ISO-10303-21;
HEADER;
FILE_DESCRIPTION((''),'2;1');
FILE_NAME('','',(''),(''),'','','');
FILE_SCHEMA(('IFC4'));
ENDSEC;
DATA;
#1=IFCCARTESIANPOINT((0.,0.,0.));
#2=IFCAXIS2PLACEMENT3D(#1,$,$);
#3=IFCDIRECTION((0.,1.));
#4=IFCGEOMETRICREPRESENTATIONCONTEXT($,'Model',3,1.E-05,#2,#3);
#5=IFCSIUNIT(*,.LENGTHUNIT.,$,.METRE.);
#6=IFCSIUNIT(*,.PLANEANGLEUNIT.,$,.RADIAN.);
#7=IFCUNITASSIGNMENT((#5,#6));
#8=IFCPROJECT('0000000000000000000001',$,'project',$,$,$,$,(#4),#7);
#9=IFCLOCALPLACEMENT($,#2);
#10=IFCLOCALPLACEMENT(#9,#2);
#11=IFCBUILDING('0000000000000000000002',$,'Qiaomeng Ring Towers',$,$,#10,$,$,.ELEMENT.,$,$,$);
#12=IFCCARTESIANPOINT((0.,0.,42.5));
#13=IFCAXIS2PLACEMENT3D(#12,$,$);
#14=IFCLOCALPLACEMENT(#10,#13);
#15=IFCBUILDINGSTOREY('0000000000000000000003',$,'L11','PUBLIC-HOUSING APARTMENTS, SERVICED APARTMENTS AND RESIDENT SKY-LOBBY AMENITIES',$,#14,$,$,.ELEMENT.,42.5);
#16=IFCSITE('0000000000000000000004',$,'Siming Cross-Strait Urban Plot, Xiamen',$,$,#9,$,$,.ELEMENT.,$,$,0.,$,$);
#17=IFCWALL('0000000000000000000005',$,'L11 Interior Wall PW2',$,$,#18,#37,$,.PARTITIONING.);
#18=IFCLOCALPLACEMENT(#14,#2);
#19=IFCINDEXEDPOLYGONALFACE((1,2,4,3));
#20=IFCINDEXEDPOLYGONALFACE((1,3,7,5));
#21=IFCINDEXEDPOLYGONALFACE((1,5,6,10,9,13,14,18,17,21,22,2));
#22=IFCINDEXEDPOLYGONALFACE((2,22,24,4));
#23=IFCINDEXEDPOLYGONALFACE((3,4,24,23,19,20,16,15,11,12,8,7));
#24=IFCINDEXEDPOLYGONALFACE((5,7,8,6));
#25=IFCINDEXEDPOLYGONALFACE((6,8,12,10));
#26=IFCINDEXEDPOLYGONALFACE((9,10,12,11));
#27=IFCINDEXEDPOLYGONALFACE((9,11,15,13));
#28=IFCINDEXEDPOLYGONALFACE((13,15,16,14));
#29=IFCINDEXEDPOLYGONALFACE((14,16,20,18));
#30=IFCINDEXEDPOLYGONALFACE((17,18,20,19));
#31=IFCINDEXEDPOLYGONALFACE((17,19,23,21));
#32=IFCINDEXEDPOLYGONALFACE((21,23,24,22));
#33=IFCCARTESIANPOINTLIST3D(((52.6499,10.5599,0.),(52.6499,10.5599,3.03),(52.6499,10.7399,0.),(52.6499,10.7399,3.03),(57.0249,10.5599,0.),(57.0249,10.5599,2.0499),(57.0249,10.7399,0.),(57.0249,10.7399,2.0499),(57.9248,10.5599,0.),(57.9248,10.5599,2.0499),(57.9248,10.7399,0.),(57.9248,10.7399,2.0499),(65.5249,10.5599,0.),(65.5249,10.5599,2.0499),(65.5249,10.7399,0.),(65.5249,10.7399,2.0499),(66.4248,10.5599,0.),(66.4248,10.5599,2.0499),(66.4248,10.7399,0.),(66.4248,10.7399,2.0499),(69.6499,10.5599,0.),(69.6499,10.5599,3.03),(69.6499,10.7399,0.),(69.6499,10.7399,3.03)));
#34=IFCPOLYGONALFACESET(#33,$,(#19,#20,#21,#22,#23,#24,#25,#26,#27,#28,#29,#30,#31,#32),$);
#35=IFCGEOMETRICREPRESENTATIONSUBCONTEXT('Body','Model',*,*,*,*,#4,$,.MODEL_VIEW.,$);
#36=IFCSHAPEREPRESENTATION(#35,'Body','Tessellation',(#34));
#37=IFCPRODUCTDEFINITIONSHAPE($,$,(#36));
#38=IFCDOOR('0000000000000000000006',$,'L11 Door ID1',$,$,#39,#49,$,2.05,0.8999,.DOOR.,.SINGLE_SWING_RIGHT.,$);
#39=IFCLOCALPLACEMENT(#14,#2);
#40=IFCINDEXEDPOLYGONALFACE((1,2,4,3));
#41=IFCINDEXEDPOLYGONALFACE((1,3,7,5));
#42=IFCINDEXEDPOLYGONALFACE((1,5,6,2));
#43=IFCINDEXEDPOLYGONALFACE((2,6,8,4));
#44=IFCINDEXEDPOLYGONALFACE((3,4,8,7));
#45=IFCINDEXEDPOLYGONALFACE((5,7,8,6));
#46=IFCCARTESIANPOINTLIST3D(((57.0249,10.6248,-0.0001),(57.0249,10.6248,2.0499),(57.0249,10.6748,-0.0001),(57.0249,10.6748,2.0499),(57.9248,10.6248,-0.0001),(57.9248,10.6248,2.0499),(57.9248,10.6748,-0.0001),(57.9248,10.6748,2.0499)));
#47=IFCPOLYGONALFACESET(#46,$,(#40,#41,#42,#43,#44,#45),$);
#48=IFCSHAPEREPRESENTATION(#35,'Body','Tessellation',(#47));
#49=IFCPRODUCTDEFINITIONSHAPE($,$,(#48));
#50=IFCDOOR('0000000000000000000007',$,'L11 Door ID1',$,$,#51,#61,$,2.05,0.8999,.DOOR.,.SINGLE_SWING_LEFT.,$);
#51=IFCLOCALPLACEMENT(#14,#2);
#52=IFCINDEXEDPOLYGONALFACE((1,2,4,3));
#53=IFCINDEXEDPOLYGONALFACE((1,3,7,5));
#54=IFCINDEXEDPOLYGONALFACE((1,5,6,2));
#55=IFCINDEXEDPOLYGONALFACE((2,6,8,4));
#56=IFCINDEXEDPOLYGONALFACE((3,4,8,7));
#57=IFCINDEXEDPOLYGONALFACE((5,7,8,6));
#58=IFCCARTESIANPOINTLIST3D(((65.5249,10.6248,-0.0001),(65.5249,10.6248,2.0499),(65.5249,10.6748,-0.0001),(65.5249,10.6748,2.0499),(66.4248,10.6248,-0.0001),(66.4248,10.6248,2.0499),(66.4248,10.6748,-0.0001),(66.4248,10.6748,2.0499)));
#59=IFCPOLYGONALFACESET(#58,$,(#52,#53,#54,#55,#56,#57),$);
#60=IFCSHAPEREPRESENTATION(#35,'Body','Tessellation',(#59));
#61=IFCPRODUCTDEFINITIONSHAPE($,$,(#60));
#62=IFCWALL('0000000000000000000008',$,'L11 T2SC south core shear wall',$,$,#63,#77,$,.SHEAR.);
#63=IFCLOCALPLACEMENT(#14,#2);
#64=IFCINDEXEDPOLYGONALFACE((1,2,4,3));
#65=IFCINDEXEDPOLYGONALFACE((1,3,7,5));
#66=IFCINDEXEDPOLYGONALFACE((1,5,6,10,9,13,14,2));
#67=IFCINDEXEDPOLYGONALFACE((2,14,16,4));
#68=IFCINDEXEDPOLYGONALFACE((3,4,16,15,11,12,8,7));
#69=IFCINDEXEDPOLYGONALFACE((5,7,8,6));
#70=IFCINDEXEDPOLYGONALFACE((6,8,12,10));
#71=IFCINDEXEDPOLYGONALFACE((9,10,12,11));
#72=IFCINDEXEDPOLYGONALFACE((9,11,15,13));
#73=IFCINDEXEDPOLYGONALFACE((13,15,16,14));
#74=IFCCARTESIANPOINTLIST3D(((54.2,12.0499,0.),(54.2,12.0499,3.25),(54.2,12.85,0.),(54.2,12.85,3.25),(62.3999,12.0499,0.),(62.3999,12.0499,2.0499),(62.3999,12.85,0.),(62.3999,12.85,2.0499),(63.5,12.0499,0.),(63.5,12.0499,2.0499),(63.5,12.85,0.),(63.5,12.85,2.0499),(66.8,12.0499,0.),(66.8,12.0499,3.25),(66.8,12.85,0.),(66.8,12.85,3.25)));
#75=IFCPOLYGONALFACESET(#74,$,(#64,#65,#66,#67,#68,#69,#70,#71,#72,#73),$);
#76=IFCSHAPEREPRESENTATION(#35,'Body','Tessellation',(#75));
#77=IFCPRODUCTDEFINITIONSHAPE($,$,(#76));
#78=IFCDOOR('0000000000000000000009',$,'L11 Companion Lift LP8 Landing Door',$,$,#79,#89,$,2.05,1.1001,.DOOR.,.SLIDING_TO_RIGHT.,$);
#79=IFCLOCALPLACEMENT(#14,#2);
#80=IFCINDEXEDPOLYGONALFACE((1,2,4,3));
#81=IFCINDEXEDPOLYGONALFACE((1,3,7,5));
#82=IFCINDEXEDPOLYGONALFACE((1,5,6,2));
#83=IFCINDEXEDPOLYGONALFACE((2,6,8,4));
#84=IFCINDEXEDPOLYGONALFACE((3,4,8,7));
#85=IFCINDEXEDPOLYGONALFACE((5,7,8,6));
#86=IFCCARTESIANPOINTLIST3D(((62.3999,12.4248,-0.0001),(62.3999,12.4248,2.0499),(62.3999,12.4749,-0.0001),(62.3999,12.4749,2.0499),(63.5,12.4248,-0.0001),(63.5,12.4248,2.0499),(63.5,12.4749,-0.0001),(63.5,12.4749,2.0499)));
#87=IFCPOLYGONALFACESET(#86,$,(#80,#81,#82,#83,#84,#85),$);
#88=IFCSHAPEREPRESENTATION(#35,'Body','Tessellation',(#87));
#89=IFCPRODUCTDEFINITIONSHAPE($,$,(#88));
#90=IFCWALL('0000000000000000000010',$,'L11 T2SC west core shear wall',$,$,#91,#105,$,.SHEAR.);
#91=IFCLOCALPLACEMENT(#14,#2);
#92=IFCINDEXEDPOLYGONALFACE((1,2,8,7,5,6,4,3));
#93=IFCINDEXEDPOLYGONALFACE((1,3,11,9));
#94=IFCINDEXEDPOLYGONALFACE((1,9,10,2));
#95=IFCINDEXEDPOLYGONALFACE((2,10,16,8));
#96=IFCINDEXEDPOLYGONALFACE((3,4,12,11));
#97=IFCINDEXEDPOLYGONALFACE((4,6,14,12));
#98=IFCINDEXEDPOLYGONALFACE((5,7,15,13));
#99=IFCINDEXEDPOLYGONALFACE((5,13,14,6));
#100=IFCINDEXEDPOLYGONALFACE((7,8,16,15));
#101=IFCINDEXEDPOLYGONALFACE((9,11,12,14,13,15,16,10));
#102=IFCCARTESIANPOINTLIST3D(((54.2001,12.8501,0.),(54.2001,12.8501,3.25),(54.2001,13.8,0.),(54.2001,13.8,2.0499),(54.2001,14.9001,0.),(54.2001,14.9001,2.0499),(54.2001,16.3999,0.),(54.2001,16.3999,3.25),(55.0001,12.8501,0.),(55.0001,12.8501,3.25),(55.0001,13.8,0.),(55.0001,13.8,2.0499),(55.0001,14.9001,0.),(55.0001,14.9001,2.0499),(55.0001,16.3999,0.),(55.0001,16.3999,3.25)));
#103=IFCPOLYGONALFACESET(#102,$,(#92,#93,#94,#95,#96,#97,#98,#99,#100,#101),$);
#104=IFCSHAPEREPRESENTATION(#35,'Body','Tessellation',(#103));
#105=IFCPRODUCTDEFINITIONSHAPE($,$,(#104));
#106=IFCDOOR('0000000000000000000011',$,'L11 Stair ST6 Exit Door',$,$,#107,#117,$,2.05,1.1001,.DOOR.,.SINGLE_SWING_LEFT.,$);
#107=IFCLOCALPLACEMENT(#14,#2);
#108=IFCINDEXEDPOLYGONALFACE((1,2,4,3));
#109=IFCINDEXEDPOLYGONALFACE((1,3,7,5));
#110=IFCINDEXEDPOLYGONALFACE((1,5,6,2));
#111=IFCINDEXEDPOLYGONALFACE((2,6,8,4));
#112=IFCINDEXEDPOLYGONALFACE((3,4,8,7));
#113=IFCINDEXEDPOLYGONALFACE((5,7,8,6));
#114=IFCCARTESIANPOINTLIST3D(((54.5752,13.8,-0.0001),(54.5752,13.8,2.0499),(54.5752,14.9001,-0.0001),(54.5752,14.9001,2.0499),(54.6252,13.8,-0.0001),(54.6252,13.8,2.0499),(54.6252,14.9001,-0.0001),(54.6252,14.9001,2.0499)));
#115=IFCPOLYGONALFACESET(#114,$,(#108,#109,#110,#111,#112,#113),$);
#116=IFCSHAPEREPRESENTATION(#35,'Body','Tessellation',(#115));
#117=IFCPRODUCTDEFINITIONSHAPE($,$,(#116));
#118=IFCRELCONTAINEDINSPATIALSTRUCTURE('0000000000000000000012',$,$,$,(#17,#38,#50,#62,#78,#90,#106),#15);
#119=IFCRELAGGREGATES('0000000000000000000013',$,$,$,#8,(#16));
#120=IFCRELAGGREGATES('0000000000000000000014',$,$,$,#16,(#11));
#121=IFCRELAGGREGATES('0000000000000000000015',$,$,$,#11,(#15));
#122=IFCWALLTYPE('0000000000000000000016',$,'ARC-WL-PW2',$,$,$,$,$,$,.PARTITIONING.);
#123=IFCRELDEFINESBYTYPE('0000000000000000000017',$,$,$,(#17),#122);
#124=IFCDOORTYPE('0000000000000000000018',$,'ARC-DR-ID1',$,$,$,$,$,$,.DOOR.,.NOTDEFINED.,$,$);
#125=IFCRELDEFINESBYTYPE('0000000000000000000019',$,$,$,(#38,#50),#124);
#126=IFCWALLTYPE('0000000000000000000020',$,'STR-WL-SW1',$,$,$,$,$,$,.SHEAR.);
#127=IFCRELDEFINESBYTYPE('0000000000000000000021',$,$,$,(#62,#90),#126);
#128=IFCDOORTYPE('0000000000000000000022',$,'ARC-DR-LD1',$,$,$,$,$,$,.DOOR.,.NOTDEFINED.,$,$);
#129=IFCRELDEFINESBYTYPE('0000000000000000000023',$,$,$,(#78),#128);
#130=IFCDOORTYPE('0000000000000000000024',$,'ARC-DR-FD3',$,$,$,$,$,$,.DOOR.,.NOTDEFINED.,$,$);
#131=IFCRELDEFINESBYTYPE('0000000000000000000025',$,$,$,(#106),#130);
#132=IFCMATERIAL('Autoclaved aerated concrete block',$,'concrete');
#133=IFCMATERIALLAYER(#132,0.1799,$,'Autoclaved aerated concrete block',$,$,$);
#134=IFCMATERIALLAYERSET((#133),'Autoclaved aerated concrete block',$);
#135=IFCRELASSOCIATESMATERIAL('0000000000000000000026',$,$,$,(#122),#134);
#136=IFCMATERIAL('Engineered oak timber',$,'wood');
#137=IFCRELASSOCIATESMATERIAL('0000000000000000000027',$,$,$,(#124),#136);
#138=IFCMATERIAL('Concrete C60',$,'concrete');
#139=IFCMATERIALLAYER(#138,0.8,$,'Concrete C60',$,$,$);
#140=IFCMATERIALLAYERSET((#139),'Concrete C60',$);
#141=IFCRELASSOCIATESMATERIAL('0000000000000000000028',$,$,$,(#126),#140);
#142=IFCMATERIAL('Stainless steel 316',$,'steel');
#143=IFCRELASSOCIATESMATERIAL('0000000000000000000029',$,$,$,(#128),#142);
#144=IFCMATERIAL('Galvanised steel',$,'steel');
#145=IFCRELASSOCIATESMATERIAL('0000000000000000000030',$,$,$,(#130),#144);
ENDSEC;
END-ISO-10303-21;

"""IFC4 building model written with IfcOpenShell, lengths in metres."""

from ifc_helpers import new_model, si_unit, direction, frame, frame_2d, origin, place, context, subcontext, project, spatial, rectangle, extrude, source, transform, mapped, material, layer, layer_set, type_object, element, fill, save


model = new_model("IFC4")

# Units and contexts
model_context = context("Model", 3, precision=1e-05, world=origin(), true_north=direction((0.0, 1.0)))
body_context = subcontext(model_context, "Body", "Model", "MODEL_VIEW")
ifc_project = project(units=[si_unit("LENGTHUNIT", "METRE"), si_unit("PLANEANGLEUNIT", "RADIAN")], contexts=[model_context])

# Site, building, storey
site_placement = place(None, origin())
site = spatial("IfcSite", under=ifc_project, at=site_placement, Name="Siming Cross-Strait Urban Plot, Xiamen", CompositionType="ELEMENT", RefElevation=0.0)
building_placement = place(site_placement, origin())
building = spatial("IfcBuilding", under=site, at=building_placement, Name="Qiaomeng Ring Towers", CompositionType="ELEMENT")
storey_placement = place(building_placement, frame((0.0, 0.0, 42.5)))
storey = spatial("IfcBuildingStorey", under=building, at=storey_placement, Name="L11", Description="PUBLIC-HOUSING APARTMENTS, SERVICED APARTMENTS AND RESIDENT SKY-LOBBY AMENITIES", CompositionType="ELEMENT", Elevation=42.5)

# Shared definitions
ifc_material_1 = material(Name="Concrete C60", Category="concrete")

# Wall, openings, doors
ifc_material_2 = material(Name="Autoclaved aerated concrete block", Category="concrete")
ifc_layer_1 = layer(ifc_material_2, 0.1799, Name="Autoclaved aerated concrete block")
ifc_layer_set_1 = layer_set([ifc_layer_1], Name="Autoclaved aerated concrete block")
wall_type_1 = type_object("IfcWallType", Name="ARC-WL-PW2", PredefinedType="PARTITIONING", material=ifc_layer_set_1)
ifc_material_3 = material(Name="Engineered oak timber", Category="wood")
door_type_1 = type_object("IfcDoorType", Name="ARC-DR-ID1", OperationType="NOTDEFINED", PredefinedType="DOOR", material=ifc_material_3)
shared_shape_1 = source(origin(), body_context, "Body", "SweptSolid", [
    extrude(rectangle(XDim=0.8999, YDim=2.05, at=frame_2d((0.45, 1.0249))), frame((0.0, 0.0249, 0.0), z_axis=(0.0, -1.0, 0.0), x_axis=(1.0, 0.0, 0.0)), (0.0, 0.0, 1.0), 0.05),
])
wall_1_placement = place(storey_placement, frame((52.6499, 10.6499, 0.0), z_axis=(0.0, 0.0, 1.0), x_axis=(1.0, 0.0, 0.0)))
wall_1 = element("IfcWall", 1, at=wall_1_placement, inside=storey, type_object=wall_type_1, Name="L11 Interior Wall PW2", PredefinedType="PARTITIONING", context=body_context, shape_type="SweptSolid", body=[
    extrude(rectangle(XDim=17.0, YDim=0.1799, at=frame_2d((8.5, 0.0))), origin(), (0.0, 0.0, 1.0), 3.03),
])
opening_1_placement = place(wall_1_placement, frame((4.375, 0.0, 0.0)))
opening_1 = element("IfcOpeningElement", 2, at=opening_1_placement, cuts=wall_1, PredefinedType="OPENING", context=body_context, shape_type="SweptSolid", body=[
    extrude(rectangle(XDim=0.8999, YDim=2.05, at=frame_2d((0.45, 1.0249))), frame((0.0, 0.0999, 0.0), z_axis=(0.0, -1.0, 0.0), x_axis=(1.0, 0.0, 0.0)), (0.0, 0.0, 1.0), 0.2),
])
opening_2_placement = place(wall_1_placement, frame((12.875, 0.0, 0.0)))
opening_2 = element("IfcOpeningElement", 3, at=opening_2_placement, cuts=wall_1, PredefinedType="OPENING", context=body_context, shape_type="SweptSolid", body=[
    extrude(rectangle(XDim=0.8999, YDim=2.05, at=frame_2d((0.45, 1.0249))), frame((0.0, 0.0999, 0.0), z_axis=(0.0, -1.0, 0.0), x_axis=(1.0, 0.0, 0.0)), (0.0, 0.0, 1.0), 0.2),
])
door_1_placement = place(opening_1_placement, origin())
door_1 = element("IfcDoor", 4, at=door_1_placement, inside=storey, type_object=door_type_1, Name="L11 Door ID1", OperationType="SINGLE_SWING_RIGHT", OverallHeight=2.05, OverallWidth=0.8999, PredefinedType="DOOR", context=body_context, shape_type="MappedRepresentation", body=[
    mapped(shared_shape_1, transform((0.0, 0.0, 0.0), x_axis=(1.0, 0.0, 0.0), y_axis=(0.0, 1.0, 0.0), z_axis=(0.0, 0.0, 1.0), scale=1.0)),
])
fill(opening_1, door_1)
door_2_placement = place(opening_2_placement, origin())
door_2 = element("IfcDoor", 5, at=door_2_placement, inside=storey, type_object=door_type_1, Name="L11 Door ID1", OperationType="SINGLE_SWING_LEFT", OverallHeight=2.05, OverallWidth=0.8999, PredefinedType="DOOR", context=body_context, shape_type="MappedRepresentation", body=[
    mapped(shared_shape_1, transform((0.0, 0.0, 0.0), x_axis=(1.0, 0.0, 0.0), y_axis=(0.0, 1.0, 0.0), z_axis=(0.0, 0.0, 1.0), scale=1.0)),
])
fill(opening_2, door_2)

# Walls, openings, doors
ifc_layer_2 = layer(ifc_material_1, 0.8, Name="Concrete C60")
ifc_layer_set_2 = layer_set([ifc_layer_2], Name="Concrete C60")
wall_type_2 = type_object("IfcWallType", Name="STR-WL-SW1", PredefinedType="SHEAR", material=ifc_layer_set_2)
wall_2_placement = place(storey_placement, frame((54.2, 12.45, 0.0), z_axis=(0.0, 0.0, 1.0), x_axis=(1.0, 0.0, 0.0)))
wall_2 = element("IfcWall", 6, at=wall_2_placement, inside=storey, type_object=wall_type_2, Name="L11 T2SC south core shear wall", PredefinedType="SHEAR", context=body_context, shape_type="SweptSolid", body=[
    extrude(rectangle(XDim=12.6001, YDim=0.8, at=frame_2d((6.3, 0.0))), origin(), (0.0, 0.0, 1.0), 3.25),
])
opening_3_placement = place(wall_2_placement, frame((8.2, 0.0, 0.0)))
opening_3 = element("IfcOpeningElement", 7, at=opening_3_placement, cuts=wall_2, PredefinedType="OPENING", context=body_context, shape_type="SweptSolid", body=[
    extrude(rectangle(XDim=1.1001, YDim=2.05, at=frame_2d((0.55, 1.0249))), frame((0.0, 0.4099, 0.0), z_axis=(0.0, -1.0, 0.0), x_axis=(1.0, 0.0, 0.0)), (0.0, 0.0, 1.0), 0.8201),
])
ifc_material_4 = material(Name="Stainless steel 316", Category="steel")
door_type_2 = type_object("IfcDoorType", Name="ARC-DR-LD1", OperationType="NOTDEFINED", PredefinedType="DOOR", material=ifc_material_4)
shared_shape_2 = source(origin(), body_context, "Body", "SweptSolid", [
    extrude(rectangle(XDim=1.1001, YDim=2.05, at=frame_2d((0.55, 1.0249))), frame((0.0, 0.0249, 0.0), z_axis=(0.0, -1.0, 0.0), x_axis=(1.0, 0.0, 0.0)), (0.0, 0.0, 1.0), 0.05),
])
door_3_placement = place(opening_3_placement, origin())
door_3 = element("IfcDoor", 8, at=door_3_placement, inside=storey, type_object=door_type_2, Name="L11 Companion Lift LP8 Landing Door", OperationType="SLIDING_TO_RIGHT", OverallHeight=2.05, OverallWidth=1.1001, PredefinedType="DOOR", context=body_context, shape_type="MappedRepresentation", body=[
    mapped(shared_shape_2, transform((0.0, 0.0, 0.0), x_axis=(1.0, 0.0, 0.0), y_axis=(0.0, 1.0, 0.0), z_axis=(0.0, 0.0, 1.0), scale=1.0)),
])
fill(opening_3, door_3)
wall_3_placement = place(storey_placement, frame((54.6001, 12.8501, 0.0), z_axis=(0.0, 0.0, 1.0), x_axis=(0.0, 1.0, 0.0)))
wall_3 = element("IfcWall", 9, at=wall_3_placement, inside=storey, type_object=wall_type_2, Name="L11 T2SC west core shear wall", PredefinedType="SHEAR", context=body_context, shape_type="SweptSolid", body=[
    extrude(rectangle(XDim=3.5498, YDim=0.8, at=frame_2d((1.7749, 0.0))), origin(), (0.0, 0.0, 1.0), 3.25),
])
opening_4_placement = place(wall_3_placement, frame((0.95, 0.0, 0.0)))
opening_4 = element("IfcOpeningElement", 10, at=opening_4_placement, cuts=wall_3, PredefinedType="OPENING", context=body_context, shape_type="SweptSolid", body=[
    extrude(rectangle(XDim=1.1001, YDim=2.05, at=frame_2d((0.55, 1.0249))), frame((0.0, 0.4099, 0.0), z_axis=(0.0, -1.0, 0.0), x_axis=(1.0, 0.0, 0.0)), (0.0, 0.0, 1.0), 0.8201),
])
ifc_material_5 = material(Name="Galvanised steel", Category="steel")
door_type_3 = type_object("IfcDoorType", Name="ARC-DR-FD3", OperationType="NOTDEFINED", PredefinedType="DOOR", material=ifc_material_5)
door_4_placement = place(opening_4_placement, origin())
door_4 = element("IfcDoor", 11, at=door_4_placement, inside=storey, type_object=door_type_3, Name="L11 Stair ST6 Exit Door", OperationType="SINGLE_SWING_LEFT", OverallHeight=2.05, OverallWidth=1.1001, PredefinedType="DOOR", context=body_context, shape_type="MappedRepresentation", body=[
    mapped(shared_shape_2, transform((0.0, 0.0, 0.0), x_axis=(1.0, 0.0, 0.0), y_axis=(0.0, 1.0, 0.0), z_axis=(0.0, 0.0, 1.0), scale=1.0)),
])
fill(opening_4, door_4)

save(model, "model.ifc")
